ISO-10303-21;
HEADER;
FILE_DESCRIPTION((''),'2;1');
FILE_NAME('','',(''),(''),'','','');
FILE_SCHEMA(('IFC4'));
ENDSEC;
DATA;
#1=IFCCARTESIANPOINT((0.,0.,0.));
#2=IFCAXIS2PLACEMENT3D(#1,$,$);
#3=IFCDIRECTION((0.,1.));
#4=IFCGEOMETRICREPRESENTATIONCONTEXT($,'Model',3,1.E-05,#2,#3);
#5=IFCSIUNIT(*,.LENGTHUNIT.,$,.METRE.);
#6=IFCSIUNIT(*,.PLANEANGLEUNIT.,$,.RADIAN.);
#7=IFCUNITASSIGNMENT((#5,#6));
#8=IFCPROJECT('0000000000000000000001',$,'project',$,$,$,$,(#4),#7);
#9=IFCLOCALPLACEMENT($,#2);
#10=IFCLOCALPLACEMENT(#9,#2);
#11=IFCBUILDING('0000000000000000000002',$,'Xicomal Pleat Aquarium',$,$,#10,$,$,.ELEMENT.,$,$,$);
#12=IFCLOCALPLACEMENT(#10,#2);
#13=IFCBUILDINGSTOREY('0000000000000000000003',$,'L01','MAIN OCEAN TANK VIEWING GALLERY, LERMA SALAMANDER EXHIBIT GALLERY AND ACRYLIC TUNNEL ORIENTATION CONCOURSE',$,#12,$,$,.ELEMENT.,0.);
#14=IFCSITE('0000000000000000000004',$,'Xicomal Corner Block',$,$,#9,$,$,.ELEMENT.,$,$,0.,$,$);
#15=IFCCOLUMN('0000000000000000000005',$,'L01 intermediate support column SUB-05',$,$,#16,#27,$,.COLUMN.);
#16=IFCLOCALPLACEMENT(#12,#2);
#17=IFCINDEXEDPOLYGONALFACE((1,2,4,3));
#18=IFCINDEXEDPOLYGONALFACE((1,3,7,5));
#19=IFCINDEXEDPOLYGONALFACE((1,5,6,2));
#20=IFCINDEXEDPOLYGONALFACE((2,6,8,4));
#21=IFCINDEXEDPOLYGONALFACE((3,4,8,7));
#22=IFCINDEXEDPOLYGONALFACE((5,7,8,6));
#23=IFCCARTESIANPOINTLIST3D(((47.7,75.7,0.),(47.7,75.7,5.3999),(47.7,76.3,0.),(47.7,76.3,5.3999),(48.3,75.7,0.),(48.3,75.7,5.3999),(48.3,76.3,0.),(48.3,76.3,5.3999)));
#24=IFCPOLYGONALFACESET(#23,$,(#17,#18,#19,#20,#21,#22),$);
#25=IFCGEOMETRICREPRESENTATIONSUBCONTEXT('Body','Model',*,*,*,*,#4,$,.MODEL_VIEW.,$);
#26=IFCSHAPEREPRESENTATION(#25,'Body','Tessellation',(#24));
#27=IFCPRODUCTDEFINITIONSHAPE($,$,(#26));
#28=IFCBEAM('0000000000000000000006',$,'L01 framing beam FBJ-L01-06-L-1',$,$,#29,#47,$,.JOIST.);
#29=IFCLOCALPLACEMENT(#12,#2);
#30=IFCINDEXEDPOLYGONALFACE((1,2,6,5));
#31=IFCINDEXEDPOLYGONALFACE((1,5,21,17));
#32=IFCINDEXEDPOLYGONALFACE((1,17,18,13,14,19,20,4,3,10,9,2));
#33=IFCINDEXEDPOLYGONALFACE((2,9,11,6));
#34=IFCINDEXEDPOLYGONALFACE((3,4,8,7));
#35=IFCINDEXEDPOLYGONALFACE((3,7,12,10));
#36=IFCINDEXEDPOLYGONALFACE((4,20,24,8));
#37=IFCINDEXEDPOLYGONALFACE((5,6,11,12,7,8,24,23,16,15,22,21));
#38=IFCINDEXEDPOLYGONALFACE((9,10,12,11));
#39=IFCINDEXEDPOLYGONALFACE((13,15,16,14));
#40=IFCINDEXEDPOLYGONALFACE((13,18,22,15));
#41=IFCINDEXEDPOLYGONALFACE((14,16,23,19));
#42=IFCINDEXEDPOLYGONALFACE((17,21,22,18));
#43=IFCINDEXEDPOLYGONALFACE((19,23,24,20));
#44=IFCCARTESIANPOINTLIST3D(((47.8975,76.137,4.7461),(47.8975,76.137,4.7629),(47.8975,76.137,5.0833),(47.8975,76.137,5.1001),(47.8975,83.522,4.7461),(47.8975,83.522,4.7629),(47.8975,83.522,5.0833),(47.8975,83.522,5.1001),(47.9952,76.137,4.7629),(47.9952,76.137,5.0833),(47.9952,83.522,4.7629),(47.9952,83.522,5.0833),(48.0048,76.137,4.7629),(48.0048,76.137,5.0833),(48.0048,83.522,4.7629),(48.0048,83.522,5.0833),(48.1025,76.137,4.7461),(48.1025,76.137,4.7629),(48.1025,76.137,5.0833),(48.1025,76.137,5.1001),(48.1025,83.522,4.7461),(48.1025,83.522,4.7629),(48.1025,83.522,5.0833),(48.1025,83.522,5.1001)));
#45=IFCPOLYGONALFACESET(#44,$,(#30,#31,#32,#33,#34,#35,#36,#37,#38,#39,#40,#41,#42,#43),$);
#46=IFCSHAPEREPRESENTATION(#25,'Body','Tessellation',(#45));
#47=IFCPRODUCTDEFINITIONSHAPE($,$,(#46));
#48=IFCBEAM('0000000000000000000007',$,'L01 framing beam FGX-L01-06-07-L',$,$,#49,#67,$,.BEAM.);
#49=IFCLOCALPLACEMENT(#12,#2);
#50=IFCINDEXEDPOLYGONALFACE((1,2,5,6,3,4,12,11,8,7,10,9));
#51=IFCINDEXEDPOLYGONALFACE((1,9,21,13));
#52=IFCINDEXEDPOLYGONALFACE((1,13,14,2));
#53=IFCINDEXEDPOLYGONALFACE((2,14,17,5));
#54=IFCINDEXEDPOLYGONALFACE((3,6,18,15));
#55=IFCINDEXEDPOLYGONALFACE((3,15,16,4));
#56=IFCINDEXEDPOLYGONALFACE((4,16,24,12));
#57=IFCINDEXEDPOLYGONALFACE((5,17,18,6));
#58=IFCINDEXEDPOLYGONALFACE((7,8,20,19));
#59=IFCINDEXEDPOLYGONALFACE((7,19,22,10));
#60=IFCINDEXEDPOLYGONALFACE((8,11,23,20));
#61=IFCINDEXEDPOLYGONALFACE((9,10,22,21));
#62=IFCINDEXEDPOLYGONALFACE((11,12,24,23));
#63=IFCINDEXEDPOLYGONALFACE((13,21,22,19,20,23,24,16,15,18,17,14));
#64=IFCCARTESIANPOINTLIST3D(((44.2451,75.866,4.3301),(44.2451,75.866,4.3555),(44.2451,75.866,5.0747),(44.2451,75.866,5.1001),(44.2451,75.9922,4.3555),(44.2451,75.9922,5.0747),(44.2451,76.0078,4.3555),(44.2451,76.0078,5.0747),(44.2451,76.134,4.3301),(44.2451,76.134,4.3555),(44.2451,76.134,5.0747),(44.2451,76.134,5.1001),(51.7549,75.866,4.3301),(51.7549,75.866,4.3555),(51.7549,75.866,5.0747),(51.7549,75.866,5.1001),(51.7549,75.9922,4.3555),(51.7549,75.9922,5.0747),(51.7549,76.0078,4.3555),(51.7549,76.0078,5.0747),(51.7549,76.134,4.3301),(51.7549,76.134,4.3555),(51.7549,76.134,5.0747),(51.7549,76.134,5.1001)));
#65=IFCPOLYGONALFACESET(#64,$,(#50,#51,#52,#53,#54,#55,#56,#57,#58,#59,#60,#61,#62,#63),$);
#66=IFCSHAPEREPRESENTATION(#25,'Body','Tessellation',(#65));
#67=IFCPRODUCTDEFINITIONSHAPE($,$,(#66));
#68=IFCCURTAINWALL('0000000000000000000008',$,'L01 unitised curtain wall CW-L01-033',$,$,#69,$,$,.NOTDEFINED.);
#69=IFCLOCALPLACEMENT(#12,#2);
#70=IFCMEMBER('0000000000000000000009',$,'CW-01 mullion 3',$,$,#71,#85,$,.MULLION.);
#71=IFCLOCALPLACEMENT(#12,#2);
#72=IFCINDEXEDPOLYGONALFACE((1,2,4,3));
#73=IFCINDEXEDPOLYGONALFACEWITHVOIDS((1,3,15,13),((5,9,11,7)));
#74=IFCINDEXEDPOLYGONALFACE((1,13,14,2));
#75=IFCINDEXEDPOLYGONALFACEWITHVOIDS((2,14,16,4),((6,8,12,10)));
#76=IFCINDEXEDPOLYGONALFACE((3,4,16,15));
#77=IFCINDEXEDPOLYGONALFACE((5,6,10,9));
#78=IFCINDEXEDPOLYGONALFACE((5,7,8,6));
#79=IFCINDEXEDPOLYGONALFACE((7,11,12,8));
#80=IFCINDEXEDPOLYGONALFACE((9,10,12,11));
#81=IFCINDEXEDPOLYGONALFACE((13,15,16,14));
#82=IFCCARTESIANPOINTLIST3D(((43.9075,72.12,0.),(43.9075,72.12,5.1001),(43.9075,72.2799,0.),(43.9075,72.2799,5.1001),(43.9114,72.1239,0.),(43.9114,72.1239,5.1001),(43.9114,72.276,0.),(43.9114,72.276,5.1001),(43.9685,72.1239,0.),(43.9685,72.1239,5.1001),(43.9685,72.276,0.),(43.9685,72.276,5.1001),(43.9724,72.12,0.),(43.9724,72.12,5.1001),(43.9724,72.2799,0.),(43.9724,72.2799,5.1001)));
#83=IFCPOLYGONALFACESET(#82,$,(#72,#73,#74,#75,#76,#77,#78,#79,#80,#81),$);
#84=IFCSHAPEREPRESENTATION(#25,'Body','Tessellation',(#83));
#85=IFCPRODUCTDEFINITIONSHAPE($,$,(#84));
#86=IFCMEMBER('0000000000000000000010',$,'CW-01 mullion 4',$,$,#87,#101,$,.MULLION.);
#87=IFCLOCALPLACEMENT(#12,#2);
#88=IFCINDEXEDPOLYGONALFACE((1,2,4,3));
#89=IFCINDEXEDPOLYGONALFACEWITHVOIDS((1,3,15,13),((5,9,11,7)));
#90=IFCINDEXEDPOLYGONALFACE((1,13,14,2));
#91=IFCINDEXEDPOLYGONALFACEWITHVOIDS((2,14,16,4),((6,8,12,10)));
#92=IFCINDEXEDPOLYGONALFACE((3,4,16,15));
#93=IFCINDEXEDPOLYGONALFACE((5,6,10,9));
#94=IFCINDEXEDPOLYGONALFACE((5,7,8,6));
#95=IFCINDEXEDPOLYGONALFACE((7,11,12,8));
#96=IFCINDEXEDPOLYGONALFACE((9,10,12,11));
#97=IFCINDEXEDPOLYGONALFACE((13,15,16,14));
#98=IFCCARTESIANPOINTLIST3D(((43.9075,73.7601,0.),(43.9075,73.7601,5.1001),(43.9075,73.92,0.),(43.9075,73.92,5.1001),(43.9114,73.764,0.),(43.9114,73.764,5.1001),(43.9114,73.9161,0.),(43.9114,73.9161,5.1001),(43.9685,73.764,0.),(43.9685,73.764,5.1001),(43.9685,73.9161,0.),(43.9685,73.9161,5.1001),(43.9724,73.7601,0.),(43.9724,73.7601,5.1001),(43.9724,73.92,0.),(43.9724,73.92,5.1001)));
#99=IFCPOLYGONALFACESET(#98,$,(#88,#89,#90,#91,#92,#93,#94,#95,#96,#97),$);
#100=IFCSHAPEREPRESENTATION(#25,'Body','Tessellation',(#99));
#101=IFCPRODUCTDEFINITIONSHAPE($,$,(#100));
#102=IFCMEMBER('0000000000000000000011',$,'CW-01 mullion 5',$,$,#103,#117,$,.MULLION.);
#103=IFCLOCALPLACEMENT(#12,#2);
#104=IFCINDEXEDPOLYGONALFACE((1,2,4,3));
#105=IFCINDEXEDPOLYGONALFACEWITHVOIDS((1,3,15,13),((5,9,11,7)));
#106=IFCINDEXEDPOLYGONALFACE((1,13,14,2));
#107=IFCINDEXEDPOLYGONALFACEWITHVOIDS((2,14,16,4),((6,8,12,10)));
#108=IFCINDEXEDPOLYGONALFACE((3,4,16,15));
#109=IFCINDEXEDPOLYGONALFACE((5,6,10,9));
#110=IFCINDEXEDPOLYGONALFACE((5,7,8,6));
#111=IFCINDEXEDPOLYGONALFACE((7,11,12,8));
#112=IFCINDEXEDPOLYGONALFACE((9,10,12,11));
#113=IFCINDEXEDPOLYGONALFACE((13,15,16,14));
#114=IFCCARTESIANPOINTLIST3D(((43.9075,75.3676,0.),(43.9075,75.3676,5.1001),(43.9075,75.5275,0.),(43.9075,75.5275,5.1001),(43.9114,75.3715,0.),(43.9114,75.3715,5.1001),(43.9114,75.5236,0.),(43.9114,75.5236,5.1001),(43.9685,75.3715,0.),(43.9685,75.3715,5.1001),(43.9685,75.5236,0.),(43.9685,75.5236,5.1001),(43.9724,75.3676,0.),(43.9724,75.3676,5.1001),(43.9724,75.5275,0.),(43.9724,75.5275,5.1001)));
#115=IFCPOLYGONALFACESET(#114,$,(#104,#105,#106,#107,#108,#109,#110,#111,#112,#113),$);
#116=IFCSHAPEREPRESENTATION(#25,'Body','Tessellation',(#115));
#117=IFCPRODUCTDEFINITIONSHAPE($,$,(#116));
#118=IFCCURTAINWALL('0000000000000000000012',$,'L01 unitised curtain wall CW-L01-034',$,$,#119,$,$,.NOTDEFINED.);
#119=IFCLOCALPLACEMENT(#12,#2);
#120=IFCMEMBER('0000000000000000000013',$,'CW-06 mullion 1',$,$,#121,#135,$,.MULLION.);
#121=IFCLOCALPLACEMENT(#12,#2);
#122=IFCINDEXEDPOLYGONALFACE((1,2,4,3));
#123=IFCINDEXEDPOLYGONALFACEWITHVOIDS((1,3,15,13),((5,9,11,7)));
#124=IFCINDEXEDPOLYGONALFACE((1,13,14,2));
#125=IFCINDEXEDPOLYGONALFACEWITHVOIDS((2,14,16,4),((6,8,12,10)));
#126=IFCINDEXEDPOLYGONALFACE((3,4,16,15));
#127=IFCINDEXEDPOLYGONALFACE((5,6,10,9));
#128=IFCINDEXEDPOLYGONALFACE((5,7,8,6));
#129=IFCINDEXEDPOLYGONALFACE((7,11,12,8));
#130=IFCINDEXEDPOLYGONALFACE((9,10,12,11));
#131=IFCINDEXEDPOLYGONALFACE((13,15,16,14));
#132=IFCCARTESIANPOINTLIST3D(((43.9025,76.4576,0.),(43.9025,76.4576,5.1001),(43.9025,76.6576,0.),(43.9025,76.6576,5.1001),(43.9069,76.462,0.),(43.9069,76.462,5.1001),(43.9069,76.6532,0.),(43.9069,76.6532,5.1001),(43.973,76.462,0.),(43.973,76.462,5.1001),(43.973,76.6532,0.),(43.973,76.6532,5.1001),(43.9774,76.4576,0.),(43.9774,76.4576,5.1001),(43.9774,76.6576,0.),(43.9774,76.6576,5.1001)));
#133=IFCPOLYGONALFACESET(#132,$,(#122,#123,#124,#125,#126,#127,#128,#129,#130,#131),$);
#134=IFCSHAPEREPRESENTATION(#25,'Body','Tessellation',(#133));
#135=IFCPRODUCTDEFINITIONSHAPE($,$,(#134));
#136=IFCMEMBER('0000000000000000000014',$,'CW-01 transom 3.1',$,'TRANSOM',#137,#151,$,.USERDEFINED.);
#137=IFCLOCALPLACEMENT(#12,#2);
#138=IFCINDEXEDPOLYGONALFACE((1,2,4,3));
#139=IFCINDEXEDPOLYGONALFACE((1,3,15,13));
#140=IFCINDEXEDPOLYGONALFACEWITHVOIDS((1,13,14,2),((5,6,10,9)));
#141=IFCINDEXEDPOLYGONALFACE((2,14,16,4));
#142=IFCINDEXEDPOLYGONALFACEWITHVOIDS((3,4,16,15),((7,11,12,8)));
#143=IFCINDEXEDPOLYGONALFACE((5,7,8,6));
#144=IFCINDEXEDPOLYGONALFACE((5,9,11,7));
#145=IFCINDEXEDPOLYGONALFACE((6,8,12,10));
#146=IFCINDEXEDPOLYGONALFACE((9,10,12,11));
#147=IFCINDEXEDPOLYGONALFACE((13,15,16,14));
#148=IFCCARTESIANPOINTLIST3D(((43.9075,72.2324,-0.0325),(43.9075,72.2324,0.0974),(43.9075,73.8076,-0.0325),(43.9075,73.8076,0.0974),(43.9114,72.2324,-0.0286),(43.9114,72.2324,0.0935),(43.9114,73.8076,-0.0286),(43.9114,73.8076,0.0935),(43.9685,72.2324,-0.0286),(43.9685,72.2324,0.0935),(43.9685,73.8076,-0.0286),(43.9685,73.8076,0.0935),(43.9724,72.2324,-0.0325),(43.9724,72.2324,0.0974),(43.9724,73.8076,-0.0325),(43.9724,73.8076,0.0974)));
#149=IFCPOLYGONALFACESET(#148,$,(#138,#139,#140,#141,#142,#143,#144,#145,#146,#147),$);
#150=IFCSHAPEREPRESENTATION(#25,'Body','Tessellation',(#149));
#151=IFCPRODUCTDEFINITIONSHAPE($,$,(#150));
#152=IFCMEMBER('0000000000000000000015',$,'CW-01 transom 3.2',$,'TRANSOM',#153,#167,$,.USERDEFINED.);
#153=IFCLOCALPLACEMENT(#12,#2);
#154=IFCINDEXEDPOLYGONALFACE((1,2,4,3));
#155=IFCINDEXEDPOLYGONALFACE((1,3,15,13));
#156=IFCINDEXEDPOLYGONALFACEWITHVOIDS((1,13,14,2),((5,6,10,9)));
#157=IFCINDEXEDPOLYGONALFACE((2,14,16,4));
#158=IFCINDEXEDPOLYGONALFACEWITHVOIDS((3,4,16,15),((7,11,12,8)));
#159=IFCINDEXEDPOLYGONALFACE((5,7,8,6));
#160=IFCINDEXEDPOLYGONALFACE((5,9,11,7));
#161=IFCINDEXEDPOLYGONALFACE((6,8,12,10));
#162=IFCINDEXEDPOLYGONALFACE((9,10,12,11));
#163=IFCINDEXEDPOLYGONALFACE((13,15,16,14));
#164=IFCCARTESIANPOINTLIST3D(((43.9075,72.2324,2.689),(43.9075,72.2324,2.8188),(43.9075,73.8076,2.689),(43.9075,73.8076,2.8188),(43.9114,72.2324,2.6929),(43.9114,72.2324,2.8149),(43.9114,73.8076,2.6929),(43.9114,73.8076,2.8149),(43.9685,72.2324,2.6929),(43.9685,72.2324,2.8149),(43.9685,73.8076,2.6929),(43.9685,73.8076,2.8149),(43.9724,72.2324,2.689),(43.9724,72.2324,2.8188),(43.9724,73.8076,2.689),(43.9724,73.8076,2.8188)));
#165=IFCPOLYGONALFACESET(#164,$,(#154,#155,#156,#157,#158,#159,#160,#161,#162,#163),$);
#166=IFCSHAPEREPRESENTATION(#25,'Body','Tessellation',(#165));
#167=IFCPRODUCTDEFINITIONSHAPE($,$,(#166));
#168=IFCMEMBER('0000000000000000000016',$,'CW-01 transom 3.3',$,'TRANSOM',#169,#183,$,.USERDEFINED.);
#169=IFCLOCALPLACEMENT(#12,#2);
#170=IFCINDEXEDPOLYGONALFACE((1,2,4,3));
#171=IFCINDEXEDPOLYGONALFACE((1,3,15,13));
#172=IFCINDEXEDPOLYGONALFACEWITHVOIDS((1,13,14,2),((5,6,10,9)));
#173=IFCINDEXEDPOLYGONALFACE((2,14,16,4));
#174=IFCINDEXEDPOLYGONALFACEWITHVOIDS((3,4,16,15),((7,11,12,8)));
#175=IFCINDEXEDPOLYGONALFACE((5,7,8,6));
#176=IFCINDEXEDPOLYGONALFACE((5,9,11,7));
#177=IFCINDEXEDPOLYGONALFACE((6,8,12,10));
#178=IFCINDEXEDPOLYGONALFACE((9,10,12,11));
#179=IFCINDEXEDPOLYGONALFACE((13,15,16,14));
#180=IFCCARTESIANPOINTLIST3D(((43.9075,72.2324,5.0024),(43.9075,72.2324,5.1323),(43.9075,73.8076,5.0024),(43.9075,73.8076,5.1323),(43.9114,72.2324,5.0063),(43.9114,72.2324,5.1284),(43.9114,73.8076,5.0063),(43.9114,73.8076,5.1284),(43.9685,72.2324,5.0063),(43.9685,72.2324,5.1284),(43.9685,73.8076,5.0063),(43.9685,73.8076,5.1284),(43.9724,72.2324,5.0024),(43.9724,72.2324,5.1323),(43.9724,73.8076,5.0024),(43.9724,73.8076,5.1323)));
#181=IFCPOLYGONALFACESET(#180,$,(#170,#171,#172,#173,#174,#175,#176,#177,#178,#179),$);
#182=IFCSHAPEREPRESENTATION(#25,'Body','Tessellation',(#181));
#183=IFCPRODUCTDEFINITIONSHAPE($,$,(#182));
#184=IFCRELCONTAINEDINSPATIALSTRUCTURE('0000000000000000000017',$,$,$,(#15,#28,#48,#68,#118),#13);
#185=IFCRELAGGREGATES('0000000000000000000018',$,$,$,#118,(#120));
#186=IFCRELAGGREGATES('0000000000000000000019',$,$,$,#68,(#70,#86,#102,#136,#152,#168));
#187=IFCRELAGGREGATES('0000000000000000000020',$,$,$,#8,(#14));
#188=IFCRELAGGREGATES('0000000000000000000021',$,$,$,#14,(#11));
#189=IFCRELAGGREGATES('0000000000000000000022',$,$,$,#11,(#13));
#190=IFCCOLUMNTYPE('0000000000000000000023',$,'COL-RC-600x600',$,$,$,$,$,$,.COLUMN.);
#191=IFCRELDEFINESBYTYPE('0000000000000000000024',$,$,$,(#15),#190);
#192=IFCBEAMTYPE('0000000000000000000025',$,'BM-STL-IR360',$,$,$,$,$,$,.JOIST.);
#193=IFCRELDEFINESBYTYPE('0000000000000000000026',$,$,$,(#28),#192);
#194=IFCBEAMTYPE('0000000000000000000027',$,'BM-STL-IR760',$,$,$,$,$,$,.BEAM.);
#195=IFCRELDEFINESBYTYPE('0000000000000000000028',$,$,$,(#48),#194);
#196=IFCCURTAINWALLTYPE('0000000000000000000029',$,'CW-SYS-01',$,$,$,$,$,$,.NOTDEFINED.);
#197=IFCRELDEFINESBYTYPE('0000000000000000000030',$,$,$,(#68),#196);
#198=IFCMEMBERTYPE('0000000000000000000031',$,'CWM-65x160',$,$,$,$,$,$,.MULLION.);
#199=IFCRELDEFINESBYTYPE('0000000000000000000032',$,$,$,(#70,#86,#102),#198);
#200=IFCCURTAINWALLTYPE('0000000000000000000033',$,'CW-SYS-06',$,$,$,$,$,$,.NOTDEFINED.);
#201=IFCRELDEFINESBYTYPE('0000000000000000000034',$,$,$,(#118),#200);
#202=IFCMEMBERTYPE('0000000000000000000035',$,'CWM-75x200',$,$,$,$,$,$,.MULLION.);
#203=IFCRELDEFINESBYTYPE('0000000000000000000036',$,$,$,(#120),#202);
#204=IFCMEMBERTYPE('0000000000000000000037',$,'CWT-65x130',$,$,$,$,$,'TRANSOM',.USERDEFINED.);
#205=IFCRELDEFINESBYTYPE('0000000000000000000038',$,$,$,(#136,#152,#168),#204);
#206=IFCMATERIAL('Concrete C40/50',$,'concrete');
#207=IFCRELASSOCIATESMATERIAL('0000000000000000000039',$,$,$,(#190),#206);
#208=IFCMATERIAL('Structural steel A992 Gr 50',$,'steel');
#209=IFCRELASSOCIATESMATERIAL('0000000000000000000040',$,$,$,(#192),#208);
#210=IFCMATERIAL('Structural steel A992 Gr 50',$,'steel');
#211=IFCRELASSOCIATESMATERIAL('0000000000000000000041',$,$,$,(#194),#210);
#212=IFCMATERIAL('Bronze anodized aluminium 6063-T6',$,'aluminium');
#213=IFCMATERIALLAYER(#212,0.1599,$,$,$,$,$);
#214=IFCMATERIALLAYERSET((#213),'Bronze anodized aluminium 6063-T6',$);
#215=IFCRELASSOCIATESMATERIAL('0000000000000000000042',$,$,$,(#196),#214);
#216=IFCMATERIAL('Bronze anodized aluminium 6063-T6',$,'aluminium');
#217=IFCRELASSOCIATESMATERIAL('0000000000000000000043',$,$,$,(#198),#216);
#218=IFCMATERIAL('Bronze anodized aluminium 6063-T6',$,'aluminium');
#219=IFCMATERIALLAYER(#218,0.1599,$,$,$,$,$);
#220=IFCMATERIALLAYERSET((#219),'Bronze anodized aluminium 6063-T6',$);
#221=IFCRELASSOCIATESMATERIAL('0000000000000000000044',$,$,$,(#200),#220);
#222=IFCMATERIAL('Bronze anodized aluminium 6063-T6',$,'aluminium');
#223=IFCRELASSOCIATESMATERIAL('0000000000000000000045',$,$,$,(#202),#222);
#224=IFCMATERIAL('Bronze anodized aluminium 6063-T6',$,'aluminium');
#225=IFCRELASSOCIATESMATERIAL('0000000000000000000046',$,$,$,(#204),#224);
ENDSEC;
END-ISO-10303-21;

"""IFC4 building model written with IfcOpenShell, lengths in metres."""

from ifc_helpers import new_model, si_unit, direction, frame, origin, origin_2d, place, context, subcontext, project, spatial, rectangle, hollow_rectangle, i_section, extrude, material, layer, layer_set, material_profile, profile_set, type_object, element, aggregate, save


model = new_model("IFC4")

# Units and contexts
model_context = context("Model", 3, precision=1e-05, world=origin(), true_north=direction((0.0, 1.0)))
body_context = subcontext(model_context, "Body", "Model", "MODEL_VIEW")
ifc_project = project(units=[si_unit("LENGTHUNIT", "METRE"), si_unit("PLANEANGLEUNIT", "RADIAN")], contexts=[model_context])

# Site, building, storey
site_placement = place(None, origin())
site = spatial("IfcSite", under=ifc_project, at=site_placement, Name="Xicomal Corner Block", CompositionType="ELEMENT", RefElevation=0.0)
building_placement = place(site_placement, origin())
building = spatial("IfcBuilding", under=site, at=building_placement, Name="Xicomal Pleat Aquarium", CompositionType="ELEMENT")
storey_placement = place(building_placement, origin())
storey = spatial("IfcBuildingStorey", under=building, at=storey_placement, Name="L01", Description="MAIN OCEAN TANK VIEWING GALLERY, LERMA SALAMANDER EXHIBIT GALLERY AND ACRYLIC TUNNEL ORIENTATION CONCOURSE", CompositionType="ELEMENT", Elevation=0.0)

# Column
ifc_material_1 = material(Name="Concrete C40/50", Category="concrete")
ifc_material_profile_1 = material_profile(ifc_material_1, rectangle(XDim=0.6001, YDim=0.6001, at=origin_2d()), Name="RC 600x600")
ifc_profile_set_1 = profile_set([ifc_material_profile_1], Name="Concrete C40/50")
column_type = type_object("IfcColumnType", Name="COL-RC-600x600", PredefinedType="COLUMN", material=ifc_profile_set_1)
column_placement = place(storey_placement, frame((48.0, 76.0, 0.0), z_axis=(0.0, 0.0, 1.0), x_axis=(1.0, 0.0, 0.0)))
element("IfcColumn", 1, at=column_placement, inside=storey, type_object=column_type, Name="L01 intermediate support column SUB-05", PredefinedType="COLUMN", context=body_context, shape_type="SweptSolid", body=[
    extrude(rectangle(XDim=0.6001, YDim=0.6001, at=origin_2d()), origin(), (0.0, 0.0, 1.0), 5.3999),
])

# Beams
ifc_material_2 = material(Name="Structural steel A992 Gr 50", Category="steel")
ifc_material_profile_2 = material_profile(ifc_material_2, i_section(OverallWidth=0.2051, OverallDepth=0.354, WebThickness=0.0095, FlangeThickness=0.0168, at=origin_2d()), Name="IR 360x79")
ifc_profile_set_2 = profile_set([ifc_material_profile_2], Name="Structural steel A992 Gr 50")
beam_type_1 = type_object("IfcBeamType", Name="BM-STL-IR360", PredefinedType="JOIST", material=ifc_profile_set_2)
beam_1_placement = place(storey_placement, frame((48.0, 76.137, 4.9231), z_axis=(0.0, 1.0, 0.0), x_axis=(-1.0, 0.0, 0.0)))
element("IfcBeam", 2, at=beam_1_placement, inside=storey, type_object=beam_type_1, Name="L01 framing beam FBJ-L01-06-L-1", PredefinedType="JOIST", context=body_context, shape_type="SweptSolid", body=[
    extrude(i_section(OverallWidth=0.2051, OverallDepth=0.354, WebThickness=0.0095, FlangeThickness=0.0168, at=origin_2d()), origin(), (0.0, 0.0, 1.0), 7.385),
])
ifc_material_3 = material(Name="Structural steel A992 Gr 50", Category="steel")
ifc_material_profile_3 = material_profile(ifc_material_3, i_section(OverallWidth=0.2681, OverallDepth=0.77, WebThickness=0.0156, FlangeThickness=0.0254, at=origin_2d()), Name="IR 760x196")
ifc_profile_set_3 = profile_set([ifc_material_profile_3], Name="Structural steel A992 Gr 50")
beam_type_2 = type_object("IfcBeamType", Name="BM-STL-IR760", PredefinedType="BEAM", material=ifc_profile_set_3)
beam_2_placement = place(storey_placement, frame((44.2451, 76.0, 4.7151), z_axis=(1.0, 0.0, 0.0), x_axis=(0.0, 1.0, 0.0)))
element("IfcBeam", 3, at=beam_2_placement, inside=storey, type_object=beam_type_2, Name="L01 framing beam FGX-L01-06-07-L", PredefinedType="BEAM", context=body_context, shape_type="SweptSolid", body=[
    extrude(i_section(OverallWidth=0.2681, OverallDepth=0.77, WebThickness=0.0156, FlangeThickness=0.0254, at=origin_2d()), origin(), (0.0, 0.0, 1.0), 7.5098),
])

# Curtain wall, members
ifc_material_4 = material(Name="Bronze anodized aluminium 6063-T6", Category="aluminium")
ifc_layer_1 = layer(ifc_material_4, 0.1599)
ifc_layer_set_1 = layer_set([ifc_layer_1], Name="Bronze anodized aluminium 6063-T6")
curtain_wall_type_1 = type_object("IfcCurtainWallType", Name="CW-SYS-01", PredefinedType="NOTDEFINED", material=ifc_layer_set_1)
curtain_wall_1_placement = place(storey_placement, origin())
curtain_wall_1 = element("IfcCurtainWall", 4, at=curtain_wall_1_placement, inside=storey, type_object=curtain_wall_type_1, Name="L01 unitised curtain wall CW-L01-033", PredefinedType="NOTDEFINED")
ifc_material_5 = material(Name="Bronze anodized aluminium 6063-T6", Category="aluminium")
ifc_material_profile_4 = material_profile(ifc_material_5, hollow_rectangle(XDim=0.0649, YDim=0.1599, WallThickness=0.0039, at=origin_2d()), Name="ALU MULL 65x160")
ifc_profile_set_4 = profile_set([ifc_material_profile_4], Name="Bronze anodized aluminium 6063-T6")
member_type_1 = type_object("IfcMemberType", Name="CWM-65x160", PredefinedType="MULLION", material=ifc_profile_set_4)
member_1_placement = place(storey_placement, frame((43.9399, 72.2, 0.0), z_axis=(0.0, 0.0, 1.0), x_axis=(-1.0, 0.0, 0.0)))
member_1 = element("IfcMember", 5, at=member_1_placement, type_object=member_type_1, Name="CW-01 mullion 3", PredefinedType="MULLION", context=body_context, shape_type="SweptSolid", body=[
    extrude(hollow_rectangle(XDim=0.0649, YDim=0.1599, WallThickness=0.0039, at=origin_2d()), origin(), (0.0, 0.0, 1.0), 5.1001),
])
member_2_placement = place(storey_placement, frame((43.9399, 73.8401, 0.0), z_axis=(0.0, 0.0, 1.0), x_axis=(-1.0, 0.0, 0.0)))
member_2 = element("IfcMember", 6, at=member_2_placement, type_object=member_type_1, Name="CW-01 mullion 4", PredefinedType="MULLION", context=body_context, shape_type="SweptSolid", body=[
    extrude(hollow_rectangle(XDim=0.0649, YDim=0.1599, WallThickness=0.0039, at=origin_2d()), origin(), (0.0, 0.0, 1.0), 5.1001),
])
member_3_placement = place(storey_placement, frame((43.9399, 75.4475, 0.0), z_axis=(0.0, 0.0, 1.0), x_axis=(-1.0, 0.0, 0.0)))
member_3 = element("IfcMember", 7, at=member_3_placement, type_object=member_type_1, Name="CW-01 mullion 5", PredefinedType="MULLION", context=body_context, shape_type="SweptSolid", body=[
    extrude(hollow_rectangle(XDim=0.0649, YDim=0.1599, WallThickness=0.0039, at=origin_2d()), origin(), (0.0, 0.0, 1.0), 5.1001),
])

# Curtain wall, member
ifc_material_6 = material(Name="Bronze anodized aluminium 6063-T6", Category="aluminium")
ifc_layer_2 = layer(ifc_material_6, 0.1599)
ifc_layer_set_2 = layer_set([ifc_layer_2], Name="Bronze anodized aluminium 6063-T6")
curtain_wall_type_2 = type_object("IfcCurtainWallType", Name="CW-SYS-06", PredefinedType="NOTDEFINED", material=ifc_layer_set_2)
curtain_wall_2_placement = place(storey_placement, origin())
curtain_wall_2 = element("IfcCurtainWall", 8, at=curtain_wall_2_placement, inside=storey, type_object=curtain_wall_type_2, Name="L01 unitised curtain wall CW-L01-034", PredefinedType="NOTDEFINED")
ifc_material_7 = material(Name="Bronze anodized aluminium 6063-T6", Category="aluminium")
ifc_material_profile_5 = material_profile(ifc_material_7, hollow_rectangle(XDim=0.075, YDim=0.2, WallThickness=0.0044, at=origin_2d()), Name="ALU MULL 75x200")
ifc_profile_set_5 = profile_set([ifc_material_profile_5], Name="Bronze anodized aluminium 6063-T6")
member_type_2 = type_object("IfcMemberType", Name="CWM-75x200", PredefinedType="MULLION", material=ifc_profile_set_5)
member_4_placement = place(storey_placement, frame((43.9399, 76.5576, 0.0), z_axis=(0.0, 0.0, 1.0), x_axis=(-1.0, 0.0, 0.0)))
member_4 = element("IfcMember", 9, at=member_4_placement, type_object=member_type_2, Name="CW-06 mullion 1", PredefinedType="MULLION", context=body_context, shape_type="SweptSolid", body=[
    extrude(hollow_rectangle(XDim=0.075, YDim=0.2, WallThickness=0.0044, at=origin_2d()), origin(), (0.0, 0.0, 1.0), 5.1001),
])

# Members
ifc_material_8 = material(Name="Bronze anodized aluminium 6063-T6", Category="aluminium")
ifc_material_profile_6 = material_profile(ifc_material_8, hollow_rectangle(XDim=0.0649, YDim=0.1299, WallThickness=0.0039, at=origin_2d()), Name="ALU TRAN 65x130")
ifc_profile_set_6 = profile_set([ifc_material_profile_6], Name="Bronze anodized aluminium 6063-T6")
member_type_3 = type_object("IfcMemberType", Name="CWT-65x130", ElementType="TRANSOM", PredefinedType="USERDEFINED", material=ifc_profile_set_6)
member_5_placement = place(storey_placement, frame((43.9399, 72.2324, 0.0325), z_axis=(0.0, 1.0, 0.0), x_axis=(-1.0, 0.0, 0.0)))
member_5 = element("IfcMember", 10, at=member_5_placement, type_object=member_type_3, Name="CW-01 transom 3.1", ObjectType="TRANSOM", PredefinedType="USERDEFINED", context=body_context, shape_type="SweptSolid", body=[
    extrude(hollow_rectangle(XDim=0.0649, YDim=0.1299, WallThickness=0.0039, at=origin_2d()), origin(), (0.0, 0.0, 1.0), 1.5752),
])
member_6_placement = place(storey_placement, frame((43.9399, 72.2324, 2.7539), z_axis=(0.0, 1.0, 0.0), x_axis=(-1.0, 0.0, 0.0)))
member_6 = element("IfcMember", 11, at=member_6_placement, type_object=member_type_3, Name="CW-01 transom 3.2", ObjectType="TRANSOM", PredefinedType="USERDEFINED", context=body_context, shape_type="SweptSolid", body=[
    extrude(hollow_rectangle(XDim=0.0649, YDim=0.1299, WallThickness=0.0039, at=origin_2d()), origin(), (0.0, 0.0, 1.0), 1.5752),
])
member_7_placement = place(storey_placement, frame((43.9399, 72.2324, 5.0674), z_axis=(0.0, 1.0, 0.0), x_axis=(-1.0, 0.0, 0.0)))
member_7 = element("IfcMember", 12, at=member_7_placement, type_object=member_type_3, Name="CW-01 transom 3.3", ObjectType="TRANSOM", PredefinedType="USERDEFINED", context=body_context, shape_type="SweptSolid", body=[
    extrude(hollow_rectangle(XDim=0.0649, YDim=0.1299, WallThickness=0.0039, at=origin_2d()), origin(), (0.0, 0.0, 1.0), 1.5752),
])
aggregate(curtain_wall_2, [member_4])

aggregate(curtain_wall_1, [member_1, member_2, member_3, member_5, member_6, member_7])

save(model, "model.ifc")
